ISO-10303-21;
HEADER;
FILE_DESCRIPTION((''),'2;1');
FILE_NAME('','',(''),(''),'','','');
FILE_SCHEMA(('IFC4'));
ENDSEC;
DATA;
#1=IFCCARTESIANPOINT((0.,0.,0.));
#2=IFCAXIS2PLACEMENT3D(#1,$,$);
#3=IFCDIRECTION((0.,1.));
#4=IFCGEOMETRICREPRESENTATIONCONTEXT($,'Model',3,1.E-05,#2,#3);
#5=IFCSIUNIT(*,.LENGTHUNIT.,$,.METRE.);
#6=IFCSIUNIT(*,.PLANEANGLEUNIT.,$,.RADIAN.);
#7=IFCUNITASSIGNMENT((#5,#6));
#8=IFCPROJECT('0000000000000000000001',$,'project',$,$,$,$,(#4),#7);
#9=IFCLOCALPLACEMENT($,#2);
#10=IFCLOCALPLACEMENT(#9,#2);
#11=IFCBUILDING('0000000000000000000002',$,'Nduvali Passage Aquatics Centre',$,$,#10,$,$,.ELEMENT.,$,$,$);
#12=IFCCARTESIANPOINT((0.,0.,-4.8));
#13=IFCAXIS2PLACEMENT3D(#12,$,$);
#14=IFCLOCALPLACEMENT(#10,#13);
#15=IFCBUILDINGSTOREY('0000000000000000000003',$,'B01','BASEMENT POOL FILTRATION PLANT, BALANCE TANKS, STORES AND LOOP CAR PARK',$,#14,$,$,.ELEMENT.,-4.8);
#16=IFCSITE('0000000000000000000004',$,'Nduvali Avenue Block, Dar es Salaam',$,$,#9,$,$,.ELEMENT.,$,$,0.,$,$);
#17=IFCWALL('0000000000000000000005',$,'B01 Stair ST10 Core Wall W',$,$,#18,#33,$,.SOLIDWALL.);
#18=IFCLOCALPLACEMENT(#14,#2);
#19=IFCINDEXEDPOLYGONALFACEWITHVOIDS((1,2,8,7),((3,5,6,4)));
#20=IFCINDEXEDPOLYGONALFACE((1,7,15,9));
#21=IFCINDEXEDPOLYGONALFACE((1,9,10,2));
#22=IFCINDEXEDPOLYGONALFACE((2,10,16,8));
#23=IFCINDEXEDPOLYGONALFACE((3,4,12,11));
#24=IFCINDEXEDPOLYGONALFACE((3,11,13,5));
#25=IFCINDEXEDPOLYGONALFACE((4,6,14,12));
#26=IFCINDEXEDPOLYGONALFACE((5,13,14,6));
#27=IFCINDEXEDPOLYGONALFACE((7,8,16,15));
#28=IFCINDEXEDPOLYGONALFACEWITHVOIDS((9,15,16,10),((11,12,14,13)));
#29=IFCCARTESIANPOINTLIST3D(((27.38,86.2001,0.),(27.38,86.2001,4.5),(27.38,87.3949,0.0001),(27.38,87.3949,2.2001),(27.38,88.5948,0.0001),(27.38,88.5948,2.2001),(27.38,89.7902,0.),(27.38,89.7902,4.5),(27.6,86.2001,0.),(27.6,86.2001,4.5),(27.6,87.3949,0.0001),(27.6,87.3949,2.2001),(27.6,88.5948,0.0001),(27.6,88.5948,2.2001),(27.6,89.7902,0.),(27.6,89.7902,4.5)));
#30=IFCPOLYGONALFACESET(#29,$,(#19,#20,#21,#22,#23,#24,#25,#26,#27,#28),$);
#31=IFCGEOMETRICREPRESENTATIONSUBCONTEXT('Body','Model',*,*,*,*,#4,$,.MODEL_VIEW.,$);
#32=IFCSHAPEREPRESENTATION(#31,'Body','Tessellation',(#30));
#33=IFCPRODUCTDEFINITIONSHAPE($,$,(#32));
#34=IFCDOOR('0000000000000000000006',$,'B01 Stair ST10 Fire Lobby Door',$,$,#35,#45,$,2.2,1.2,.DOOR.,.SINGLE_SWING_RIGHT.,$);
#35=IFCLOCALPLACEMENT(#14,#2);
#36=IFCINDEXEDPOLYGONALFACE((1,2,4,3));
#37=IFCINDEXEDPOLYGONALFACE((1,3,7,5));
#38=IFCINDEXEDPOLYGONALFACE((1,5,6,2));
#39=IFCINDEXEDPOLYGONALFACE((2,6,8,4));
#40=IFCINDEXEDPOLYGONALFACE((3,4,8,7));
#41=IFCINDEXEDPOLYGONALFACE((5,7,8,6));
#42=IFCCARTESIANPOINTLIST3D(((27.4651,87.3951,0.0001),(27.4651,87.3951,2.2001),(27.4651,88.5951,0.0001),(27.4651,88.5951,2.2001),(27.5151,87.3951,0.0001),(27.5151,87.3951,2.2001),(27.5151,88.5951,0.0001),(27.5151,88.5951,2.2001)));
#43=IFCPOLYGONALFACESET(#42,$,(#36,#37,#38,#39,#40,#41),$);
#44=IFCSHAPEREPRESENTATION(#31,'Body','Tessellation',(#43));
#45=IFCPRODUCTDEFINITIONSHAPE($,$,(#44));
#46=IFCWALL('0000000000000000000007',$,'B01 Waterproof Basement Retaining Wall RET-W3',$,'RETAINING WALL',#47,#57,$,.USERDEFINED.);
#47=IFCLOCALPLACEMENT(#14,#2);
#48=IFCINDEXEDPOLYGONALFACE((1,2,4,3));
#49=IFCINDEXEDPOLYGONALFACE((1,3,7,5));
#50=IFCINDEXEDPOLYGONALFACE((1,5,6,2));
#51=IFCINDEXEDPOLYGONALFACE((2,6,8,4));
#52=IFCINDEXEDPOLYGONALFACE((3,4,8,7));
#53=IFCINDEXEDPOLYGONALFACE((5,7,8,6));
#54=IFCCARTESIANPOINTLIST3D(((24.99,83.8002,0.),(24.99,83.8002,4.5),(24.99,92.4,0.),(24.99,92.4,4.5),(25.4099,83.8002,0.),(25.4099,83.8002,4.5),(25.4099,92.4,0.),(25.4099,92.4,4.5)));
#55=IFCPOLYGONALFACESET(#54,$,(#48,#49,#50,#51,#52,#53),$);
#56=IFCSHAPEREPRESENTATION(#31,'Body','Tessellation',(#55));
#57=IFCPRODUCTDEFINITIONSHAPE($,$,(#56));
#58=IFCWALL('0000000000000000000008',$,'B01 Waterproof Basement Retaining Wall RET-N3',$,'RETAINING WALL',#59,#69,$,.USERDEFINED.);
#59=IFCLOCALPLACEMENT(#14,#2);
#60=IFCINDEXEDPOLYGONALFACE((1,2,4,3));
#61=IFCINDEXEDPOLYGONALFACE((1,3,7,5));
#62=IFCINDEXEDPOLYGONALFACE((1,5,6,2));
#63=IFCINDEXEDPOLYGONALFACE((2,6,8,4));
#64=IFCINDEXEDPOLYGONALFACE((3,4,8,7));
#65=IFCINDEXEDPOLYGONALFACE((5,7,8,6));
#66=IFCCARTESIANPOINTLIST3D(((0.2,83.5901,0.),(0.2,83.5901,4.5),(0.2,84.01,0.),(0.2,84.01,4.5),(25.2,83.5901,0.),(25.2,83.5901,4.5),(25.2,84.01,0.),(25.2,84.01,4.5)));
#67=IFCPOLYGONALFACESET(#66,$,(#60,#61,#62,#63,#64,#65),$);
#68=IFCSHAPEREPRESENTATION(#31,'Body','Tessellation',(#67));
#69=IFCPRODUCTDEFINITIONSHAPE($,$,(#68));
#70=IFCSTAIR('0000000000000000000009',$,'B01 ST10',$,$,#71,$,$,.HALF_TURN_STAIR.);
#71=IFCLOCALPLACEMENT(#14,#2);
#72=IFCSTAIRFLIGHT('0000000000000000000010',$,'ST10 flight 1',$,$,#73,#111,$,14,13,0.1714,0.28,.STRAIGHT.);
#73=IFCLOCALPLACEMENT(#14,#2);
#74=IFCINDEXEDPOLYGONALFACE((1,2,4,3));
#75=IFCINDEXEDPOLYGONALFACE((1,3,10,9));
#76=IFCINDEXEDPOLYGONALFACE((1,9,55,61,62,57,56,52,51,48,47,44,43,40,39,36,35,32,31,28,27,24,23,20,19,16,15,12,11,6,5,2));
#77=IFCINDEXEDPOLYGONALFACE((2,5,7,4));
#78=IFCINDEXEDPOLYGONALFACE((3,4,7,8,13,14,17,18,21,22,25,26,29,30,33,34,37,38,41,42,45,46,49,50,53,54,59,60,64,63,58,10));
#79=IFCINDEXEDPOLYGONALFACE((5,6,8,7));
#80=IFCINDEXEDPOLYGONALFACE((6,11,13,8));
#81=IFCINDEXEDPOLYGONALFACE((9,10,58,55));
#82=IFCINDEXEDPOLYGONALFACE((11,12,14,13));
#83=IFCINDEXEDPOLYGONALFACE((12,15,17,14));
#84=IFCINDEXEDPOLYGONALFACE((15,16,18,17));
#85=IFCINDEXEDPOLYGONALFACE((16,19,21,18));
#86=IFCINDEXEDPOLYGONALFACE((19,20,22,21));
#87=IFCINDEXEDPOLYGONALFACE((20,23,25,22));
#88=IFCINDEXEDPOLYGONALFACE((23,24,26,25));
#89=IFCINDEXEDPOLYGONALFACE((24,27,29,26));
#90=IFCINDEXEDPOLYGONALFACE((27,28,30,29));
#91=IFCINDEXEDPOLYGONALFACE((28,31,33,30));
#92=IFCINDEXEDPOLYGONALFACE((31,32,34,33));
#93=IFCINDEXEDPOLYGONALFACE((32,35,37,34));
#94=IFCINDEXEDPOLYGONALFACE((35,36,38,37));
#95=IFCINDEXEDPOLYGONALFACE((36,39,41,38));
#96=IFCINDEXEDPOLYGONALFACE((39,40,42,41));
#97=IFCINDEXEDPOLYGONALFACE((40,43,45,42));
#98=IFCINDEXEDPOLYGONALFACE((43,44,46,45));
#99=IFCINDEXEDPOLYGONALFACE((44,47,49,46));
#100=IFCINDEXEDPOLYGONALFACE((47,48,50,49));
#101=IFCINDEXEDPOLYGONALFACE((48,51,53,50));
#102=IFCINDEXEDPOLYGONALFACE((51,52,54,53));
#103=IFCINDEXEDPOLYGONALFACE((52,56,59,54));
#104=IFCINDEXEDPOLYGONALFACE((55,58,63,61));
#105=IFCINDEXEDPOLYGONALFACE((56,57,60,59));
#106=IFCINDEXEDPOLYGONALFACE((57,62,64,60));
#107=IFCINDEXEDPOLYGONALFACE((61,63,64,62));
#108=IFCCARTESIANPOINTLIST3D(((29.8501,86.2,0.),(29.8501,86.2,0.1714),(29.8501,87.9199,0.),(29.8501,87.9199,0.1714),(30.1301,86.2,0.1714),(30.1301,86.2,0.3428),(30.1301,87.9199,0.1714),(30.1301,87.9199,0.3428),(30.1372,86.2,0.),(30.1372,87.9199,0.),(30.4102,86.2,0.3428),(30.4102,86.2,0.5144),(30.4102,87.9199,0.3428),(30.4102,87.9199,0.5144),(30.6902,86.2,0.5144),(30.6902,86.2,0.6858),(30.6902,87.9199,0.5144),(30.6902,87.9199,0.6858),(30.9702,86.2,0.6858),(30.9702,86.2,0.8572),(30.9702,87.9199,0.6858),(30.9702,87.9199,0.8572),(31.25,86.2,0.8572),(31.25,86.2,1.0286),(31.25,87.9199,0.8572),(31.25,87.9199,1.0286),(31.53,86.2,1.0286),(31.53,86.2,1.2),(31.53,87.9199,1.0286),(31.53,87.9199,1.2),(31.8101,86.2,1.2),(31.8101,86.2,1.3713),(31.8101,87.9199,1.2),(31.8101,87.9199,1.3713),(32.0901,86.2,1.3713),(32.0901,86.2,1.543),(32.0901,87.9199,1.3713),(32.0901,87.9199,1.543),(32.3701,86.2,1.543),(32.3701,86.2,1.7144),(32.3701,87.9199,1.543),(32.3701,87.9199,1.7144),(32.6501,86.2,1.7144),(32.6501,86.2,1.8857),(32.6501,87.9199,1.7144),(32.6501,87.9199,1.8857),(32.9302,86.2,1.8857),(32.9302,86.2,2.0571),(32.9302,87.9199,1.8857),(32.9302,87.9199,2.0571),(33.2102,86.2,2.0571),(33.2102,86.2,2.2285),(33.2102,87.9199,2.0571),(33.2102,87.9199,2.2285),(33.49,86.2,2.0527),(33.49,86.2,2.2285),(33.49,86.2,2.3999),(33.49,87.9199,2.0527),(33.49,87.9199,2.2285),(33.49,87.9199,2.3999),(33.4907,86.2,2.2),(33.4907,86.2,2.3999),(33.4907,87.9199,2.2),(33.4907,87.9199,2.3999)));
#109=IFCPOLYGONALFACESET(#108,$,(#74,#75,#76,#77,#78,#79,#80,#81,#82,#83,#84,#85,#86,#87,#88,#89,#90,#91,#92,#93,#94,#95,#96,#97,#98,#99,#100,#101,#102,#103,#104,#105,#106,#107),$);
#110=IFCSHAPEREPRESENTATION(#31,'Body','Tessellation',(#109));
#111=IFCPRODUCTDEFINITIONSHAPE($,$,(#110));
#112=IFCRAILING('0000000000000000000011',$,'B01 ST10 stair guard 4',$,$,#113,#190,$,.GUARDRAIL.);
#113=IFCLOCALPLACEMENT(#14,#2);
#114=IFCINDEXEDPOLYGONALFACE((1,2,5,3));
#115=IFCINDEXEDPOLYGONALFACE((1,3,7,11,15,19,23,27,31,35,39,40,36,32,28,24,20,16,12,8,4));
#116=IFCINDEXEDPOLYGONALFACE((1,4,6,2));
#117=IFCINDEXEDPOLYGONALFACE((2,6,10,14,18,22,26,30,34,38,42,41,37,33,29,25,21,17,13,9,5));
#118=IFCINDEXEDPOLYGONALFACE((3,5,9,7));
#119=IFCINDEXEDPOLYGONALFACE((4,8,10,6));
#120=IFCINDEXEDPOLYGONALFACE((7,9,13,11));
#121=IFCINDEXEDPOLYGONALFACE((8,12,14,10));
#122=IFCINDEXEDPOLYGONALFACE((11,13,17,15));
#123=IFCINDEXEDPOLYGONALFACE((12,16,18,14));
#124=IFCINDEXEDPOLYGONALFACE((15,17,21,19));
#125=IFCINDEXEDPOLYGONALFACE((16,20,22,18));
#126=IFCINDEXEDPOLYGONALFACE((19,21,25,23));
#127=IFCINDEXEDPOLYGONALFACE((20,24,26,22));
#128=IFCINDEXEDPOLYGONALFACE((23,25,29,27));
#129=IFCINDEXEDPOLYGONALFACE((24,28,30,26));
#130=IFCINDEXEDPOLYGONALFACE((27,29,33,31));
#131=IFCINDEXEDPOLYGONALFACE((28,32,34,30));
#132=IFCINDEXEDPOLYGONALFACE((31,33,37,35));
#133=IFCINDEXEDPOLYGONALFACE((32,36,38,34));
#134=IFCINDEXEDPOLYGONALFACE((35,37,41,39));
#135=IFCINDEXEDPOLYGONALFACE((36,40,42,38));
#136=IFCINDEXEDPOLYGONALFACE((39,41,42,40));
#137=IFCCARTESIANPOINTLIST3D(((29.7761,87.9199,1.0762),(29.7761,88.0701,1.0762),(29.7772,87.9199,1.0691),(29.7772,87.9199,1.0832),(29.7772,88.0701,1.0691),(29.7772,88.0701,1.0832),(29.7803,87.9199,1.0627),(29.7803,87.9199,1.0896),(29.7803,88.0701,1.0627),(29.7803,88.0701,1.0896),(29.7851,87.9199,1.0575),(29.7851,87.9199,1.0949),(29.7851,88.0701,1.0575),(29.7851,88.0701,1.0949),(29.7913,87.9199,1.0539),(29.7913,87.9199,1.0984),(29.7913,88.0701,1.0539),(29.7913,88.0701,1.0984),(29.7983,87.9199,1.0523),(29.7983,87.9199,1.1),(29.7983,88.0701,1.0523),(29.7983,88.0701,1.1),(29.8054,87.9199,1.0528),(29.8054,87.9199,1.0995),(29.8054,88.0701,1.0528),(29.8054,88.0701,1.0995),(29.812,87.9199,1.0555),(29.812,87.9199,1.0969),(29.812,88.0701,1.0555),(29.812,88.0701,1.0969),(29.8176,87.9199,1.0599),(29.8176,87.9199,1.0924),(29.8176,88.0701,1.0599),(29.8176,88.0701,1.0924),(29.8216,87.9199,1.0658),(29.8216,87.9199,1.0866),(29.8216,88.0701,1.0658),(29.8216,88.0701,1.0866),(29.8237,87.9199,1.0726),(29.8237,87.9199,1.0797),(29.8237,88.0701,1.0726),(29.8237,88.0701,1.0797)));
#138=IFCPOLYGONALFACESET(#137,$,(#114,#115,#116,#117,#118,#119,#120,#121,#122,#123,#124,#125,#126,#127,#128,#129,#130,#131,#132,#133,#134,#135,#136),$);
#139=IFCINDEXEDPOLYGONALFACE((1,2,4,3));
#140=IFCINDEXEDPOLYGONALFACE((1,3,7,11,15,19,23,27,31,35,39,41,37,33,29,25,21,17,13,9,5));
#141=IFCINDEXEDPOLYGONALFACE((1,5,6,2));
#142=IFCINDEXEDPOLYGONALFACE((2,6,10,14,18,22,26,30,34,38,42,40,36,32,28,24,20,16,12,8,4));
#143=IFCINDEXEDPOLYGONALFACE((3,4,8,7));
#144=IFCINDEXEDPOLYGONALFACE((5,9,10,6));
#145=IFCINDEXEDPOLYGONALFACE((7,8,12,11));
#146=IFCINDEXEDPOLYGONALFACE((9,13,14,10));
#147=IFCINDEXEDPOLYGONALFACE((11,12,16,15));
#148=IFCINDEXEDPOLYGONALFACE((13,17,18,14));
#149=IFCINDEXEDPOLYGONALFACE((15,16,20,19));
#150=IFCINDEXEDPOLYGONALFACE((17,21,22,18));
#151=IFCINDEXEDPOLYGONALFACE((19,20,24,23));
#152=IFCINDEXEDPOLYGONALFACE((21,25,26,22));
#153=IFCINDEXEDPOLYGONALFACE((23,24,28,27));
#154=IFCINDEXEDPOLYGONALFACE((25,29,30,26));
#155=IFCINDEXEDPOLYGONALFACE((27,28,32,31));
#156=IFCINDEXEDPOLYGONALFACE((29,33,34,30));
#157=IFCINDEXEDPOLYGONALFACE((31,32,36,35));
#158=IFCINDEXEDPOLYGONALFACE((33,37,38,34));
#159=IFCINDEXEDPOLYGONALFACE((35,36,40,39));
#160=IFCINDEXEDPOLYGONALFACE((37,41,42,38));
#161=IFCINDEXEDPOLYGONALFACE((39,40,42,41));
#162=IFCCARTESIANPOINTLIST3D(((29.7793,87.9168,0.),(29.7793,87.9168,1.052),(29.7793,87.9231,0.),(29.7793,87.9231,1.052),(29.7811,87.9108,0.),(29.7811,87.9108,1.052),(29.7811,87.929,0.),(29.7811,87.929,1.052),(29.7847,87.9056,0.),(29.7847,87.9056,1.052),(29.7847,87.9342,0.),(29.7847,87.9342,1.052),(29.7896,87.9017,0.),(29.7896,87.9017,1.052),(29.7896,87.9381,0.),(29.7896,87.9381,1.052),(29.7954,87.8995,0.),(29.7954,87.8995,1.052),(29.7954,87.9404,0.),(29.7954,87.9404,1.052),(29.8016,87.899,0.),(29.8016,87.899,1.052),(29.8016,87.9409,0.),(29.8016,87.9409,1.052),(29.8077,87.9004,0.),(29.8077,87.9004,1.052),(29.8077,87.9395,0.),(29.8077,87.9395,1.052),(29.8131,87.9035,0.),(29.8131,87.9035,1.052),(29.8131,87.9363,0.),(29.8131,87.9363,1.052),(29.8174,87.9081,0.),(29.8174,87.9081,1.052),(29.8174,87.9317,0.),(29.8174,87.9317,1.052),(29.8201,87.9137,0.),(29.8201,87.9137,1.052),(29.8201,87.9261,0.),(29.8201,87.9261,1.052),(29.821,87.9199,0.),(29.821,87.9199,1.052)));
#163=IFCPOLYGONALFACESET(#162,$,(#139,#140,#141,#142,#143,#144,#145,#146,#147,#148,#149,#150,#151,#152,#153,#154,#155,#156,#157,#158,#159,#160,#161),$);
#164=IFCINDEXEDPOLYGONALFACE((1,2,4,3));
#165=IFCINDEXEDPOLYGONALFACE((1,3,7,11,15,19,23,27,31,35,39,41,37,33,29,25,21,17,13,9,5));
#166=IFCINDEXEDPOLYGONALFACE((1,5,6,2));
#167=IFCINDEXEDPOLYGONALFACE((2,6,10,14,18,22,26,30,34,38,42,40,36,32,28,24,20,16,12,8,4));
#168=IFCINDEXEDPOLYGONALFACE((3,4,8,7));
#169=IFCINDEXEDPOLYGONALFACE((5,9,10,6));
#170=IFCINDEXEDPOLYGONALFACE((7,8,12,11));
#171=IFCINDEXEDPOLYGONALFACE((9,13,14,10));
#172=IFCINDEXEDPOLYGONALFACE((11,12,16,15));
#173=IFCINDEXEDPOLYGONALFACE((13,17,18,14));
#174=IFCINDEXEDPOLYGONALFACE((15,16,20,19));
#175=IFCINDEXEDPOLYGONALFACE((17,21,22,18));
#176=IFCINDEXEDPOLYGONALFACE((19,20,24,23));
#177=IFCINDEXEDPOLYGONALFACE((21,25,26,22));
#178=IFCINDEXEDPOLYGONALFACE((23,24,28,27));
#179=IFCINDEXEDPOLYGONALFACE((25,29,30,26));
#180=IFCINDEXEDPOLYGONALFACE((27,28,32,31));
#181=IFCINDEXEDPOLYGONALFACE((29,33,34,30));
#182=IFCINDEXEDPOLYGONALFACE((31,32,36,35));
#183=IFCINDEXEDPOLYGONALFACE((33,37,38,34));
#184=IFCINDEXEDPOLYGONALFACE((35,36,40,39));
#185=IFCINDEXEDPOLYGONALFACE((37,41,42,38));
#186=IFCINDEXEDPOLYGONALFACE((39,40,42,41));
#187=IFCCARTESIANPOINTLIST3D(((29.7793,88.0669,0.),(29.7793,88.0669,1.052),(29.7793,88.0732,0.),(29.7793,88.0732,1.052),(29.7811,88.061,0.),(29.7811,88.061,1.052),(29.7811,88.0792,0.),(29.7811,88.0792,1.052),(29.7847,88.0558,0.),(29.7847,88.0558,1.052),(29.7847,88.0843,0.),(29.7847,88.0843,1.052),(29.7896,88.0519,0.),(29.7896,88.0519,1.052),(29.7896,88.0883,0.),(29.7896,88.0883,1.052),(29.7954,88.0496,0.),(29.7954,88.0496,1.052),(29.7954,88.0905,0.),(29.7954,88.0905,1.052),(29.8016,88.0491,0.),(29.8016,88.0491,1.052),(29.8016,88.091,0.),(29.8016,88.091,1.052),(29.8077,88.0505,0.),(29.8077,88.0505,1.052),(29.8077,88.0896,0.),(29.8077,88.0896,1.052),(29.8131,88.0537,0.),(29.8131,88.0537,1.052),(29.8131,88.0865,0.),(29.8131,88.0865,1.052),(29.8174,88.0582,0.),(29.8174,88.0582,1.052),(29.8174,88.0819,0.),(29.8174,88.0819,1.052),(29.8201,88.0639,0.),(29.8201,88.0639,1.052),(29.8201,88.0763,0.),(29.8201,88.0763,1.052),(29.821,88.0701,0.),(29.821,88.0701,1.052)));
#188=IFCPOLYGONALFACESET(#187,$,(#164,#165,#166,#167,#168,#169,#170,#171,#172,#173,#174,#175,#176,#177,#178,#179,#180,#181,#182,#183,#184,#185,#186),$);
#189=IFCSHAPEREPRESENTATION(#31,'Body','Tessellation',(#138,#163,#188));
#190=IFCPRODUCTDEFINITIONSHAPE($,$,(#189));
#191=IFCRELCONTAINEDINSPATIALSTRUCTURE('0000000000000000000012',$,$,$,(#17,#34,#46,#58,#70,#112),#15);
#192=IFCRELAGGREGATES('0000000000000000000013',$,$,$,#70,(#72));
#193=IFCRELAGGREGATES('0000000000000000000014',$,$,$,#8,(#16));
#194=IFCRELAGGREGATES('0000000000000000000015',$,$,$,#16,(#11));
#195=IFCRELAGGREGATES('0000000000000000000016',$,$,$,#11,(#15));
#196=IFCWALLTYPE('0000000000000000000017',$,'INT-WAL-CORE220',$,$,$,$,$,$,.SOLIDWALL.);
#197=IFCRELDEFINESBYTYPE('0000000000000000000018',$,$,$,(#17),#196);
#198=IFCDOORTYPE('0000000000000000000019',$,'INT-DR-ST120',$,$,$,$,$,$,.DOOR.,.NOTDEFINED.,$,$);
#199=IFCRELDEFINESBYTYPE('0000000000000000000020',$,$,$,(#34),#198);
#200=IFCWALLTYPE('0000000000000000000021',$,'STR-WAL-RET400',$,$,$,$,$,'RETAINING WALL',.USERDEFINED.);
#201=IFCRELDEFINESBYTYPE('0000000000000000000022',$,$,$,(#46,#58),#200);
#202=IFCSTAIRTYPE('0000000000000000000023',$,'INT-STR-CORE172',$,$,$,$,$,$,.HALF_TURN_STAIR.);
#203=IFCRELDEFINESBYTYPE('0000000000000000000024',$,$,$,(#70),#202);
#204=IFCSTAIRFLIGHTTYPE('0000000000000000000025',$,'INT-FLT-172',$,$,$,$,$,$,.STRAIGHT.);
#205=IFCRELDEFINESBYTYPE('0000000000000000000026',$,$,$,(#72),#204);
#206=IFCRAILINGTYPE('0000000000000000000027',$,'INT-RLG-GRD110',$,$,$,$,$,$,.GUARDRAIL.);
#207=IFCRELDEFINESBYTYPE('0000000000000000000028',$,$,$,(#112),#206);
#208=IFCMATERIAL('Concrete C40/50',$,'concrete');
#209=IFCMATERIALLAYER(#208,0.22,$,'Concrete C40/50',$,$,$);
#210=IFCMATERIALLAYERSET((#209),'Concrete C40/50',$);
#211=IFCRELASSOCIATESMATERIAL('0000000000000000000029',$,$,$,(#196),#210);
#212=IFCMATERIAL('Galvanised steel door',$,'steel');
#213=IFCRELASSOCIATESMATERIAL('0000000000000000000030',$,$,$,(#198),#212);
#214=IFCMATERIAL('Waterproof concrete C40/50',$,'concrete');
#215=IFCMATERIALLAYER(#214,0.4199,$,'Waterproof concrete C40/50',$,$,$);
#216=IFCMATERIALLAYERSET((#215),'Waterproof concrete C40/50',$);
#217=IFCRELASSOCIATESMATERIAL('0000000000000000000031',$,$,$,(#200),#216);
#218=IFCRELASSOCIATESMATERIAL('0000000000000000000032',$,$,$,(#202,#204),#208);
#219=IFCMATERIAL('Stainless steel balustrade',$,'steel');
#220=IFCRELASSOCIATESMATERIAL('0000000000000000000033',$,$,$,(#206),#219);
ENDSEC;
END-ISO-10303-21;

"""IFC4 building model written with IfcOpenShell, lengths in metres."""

from ifc_helpers import new_model, si_unit, direction, frame, frame_2d, origin, origin_2d, place, context, subcontext, project, spatial, polyline, rectangle, circle, outline, extrude, material, layer, layer_set, type_object, element, fill, aggregate, save


model = new_model("IFC4")

# Units and contexts
model_context = context("Model", 3, precision=1e-05, world=origin(), true_north=direction((0.0, 1.0)))
body_context = subcontext(model_context, "Body", "Model", "MODEL_VIEW")
ifc_project = project(units=[si_unit("LENGTHUNIT", "METRE"), si_unit("PLANEANGLEUNIT", "RADIAN")], contexts=[model_context])

# Site, building, storey
site_placement = place(None, origin())
site = spatial("IfcSite", under=ifc_project, at=site_placement, Name="Nduvali Avenue Block, Dar es Salaam", CompositionType="ELEMENT", RefElevation=0.0)
building_placement = place(site_placement, origin())
building = spatial("IfcBuilding", under=site, at=building_placement, Name="Nduvali Passage Aquatics Centre", CompositionType="ELEMENT")
storey_placement = place(building_placement, frame((0.0, 0.0, -4.8)))
storey = spatial("IfcBuildingStorey", under=building, at=storey_placement, Name="B01", Description="BASEMENT POOL FILTRATION PLANT, BALANCE TANKS, STORES AND LOOP CAR PARK", CompositionType="ELEMENT", Elevation=-4.8)

# Shared definitions
ifc_material_1 = material(Name="Concrete C40/50", Category="concrete")

# Shared definitions
ifc_layer_1 = layer(ifc_material_1, 0.22, Name="Concrete C40/50")
ifc_layer_set_1 = layer_set([ifc_layer_1], Name="Concrete C40/50")
wall_type_1 = type_object("IfcWallType", Name="INT-WAL-CORE220", PredefinedType="SOLIDWALL", material=ifc_layer_set_1)

# Wall, opening, door
wall_1_placement = place(storey_placement, frame((27.49, 89.79, 0.0), z_axis=(0.0, 0.0, 1.0), x_axis=(0.0, -1.0, 0.0)))
wall_1 = element("IfcWall", 1, at=wall_1_placement, inside=storey, type_object=wall_type_1, Name="B01 Stair ST10 Core Wall W", PredefinedType="SOLIDWALL", context=body_context, shape_type="SweptSolid", body=[
    extrude(rectangle(XDim=3.5901, YDim=0.22, at=frame_2d((1.7949, 0.0))), origin(), (0.0, 0.0, 1.0), 4.5),
])
opening_placement = place(wall_1_placement, frame((1.1951, 0.0, 0.0)))
opening = element("IfcOpeningElement", 2, at=opening_placement, cuts=wall_1, PredefinedType="OPENING", context=body_context, shape_type="SweptSolid", body=[
    extrude(rectangle(XDim=1.2, YDim=2.2, at=frame_2d((0.6001, 1.1001))), frame((0.0, 0.125, 0.0), z_axis=(0.0, -1.0, 0.0), x_axis=(1.0, 0.0, 0.0)), (0.0, 0.0, 1.0), 0.2498),
])
ifc_material_2 = material(Name="Galvanised steel door", Category="steel")
door_type = type_object("IfcDoorType", Name="INT-DR-ST120", OperationType="NOTDEFINED", PredefinedType="DOOR", material=ifc_material_2)
door_placement = place(opening_placement, frame((1.2, 0.0, 0.0), z_axis=(0.0, 0.0, 1.0), x_axis=(-1.0, 0.0, 0.0)))
door = element("IfcDoor", 3, at=door_placement, inside=storey, type_object=door_type, Name="B01 Stair ST10 Fire Lobby Door", OperationType="SINGLE_SWING_RIGHT", OverallHeight=2.2, OverallWidth=1.2, PredefinedType="DOOR", context=body_context, shape_type="SweptSolid", body=[
    extrude(rectangle(XDim=1.2, YDim=2.2, at=frame_2d((0.6001, 1.1001))), frame((0.0, 0.0249, 0.0), z_axis=(0.0, -1.0, 0.0), x_axis=(1.0, 0.0, 0.0)), (0.0, 0.0, 1.0), 0.05),
])
fill(opening, door)

# Walls
ifc_material_3 = material(Name="Waterproof concrete C40/50", Category="concrete")
ifc_layer_2 = layer(ifc_material_3, 0.4199, Name="Waterproof concrete C40/50")
ifc_layer_set_2 = layer_set([ifc_layer_2], Name="Waterproof concrete C40/50")
wall_type_2 = type_object("IfcWallType", Name="STR-WAL-RET400", ElementType="RETAINING WALL", PredefinedType="USERDEFINED", material=ifc_layer_set_2)
wall_2_placement = place(storey_placement, frame((25.2, 92.3999, 0.0), z_axis=(0.0, 0.0, 1.0), x_axis=(0.0, -1.0, 0.0)))
element("IfcWall", 4, at=wall_2_placement, inside=storey, type_object=wall_type_2, Name="B01 Waterproof Basement Retaining Wall RET-W3", ObjectType="RETAINING WALL", PredefinedType="USERDEFINED", context=body_context, shape_type="SweptSolid", body=[
    extrude(rectangle(XDim=8.5999, YDim=0.4199, at=frame_2d((4.2998, 0.0))), origin(), (0.0, 0.0, 1.0), 4.5),
])
wall_3_placement = place(storey_placement, frame((25.2, 83.8, 0.0), z_axis=(0.0, 0.0, 1.0), x_axis=(-1.0, 0.0, 0.0)))
element("IfcWall", 5, at=wall_3_placement, inside=storey, type_object=wall_type_2, Name="B01 Waterproof Basement Retaining Wall RET-N3", ObjectType="RETAINING WALL", PredefinedType="USERDEFINED", context=body_context, shape_type="SweptSolid", body=[
    extrude(rectangle(XDim=25.0, YDim=0.4199, at=frame_2d((12.5, 0.0))), origin(), (0.0, 0.0, 1.0), 4.5),
])

# Stair, stair flight
stair_type = type_object("IfcStairType", Name="INT-STR-CORE172", PredefinedType="HALF_TURN_STAIR", material=ifc_material_1)
stair_placement = place(storey_placement, origin())
stair = element("IfcStair", 6, at=stair_placement, inside=storey, type_object=stair_type, Name="B01 ST10", PredefinedType="HALF_TURN_STAIR")
stair_flight_type = type_object("IfcStairFlightType", Name="INT-FLT-172", PredefinedType="STRAIGHT", material=ifc_material_1)
stair_flight_placement = place(storey_placement, frame((29.8501, 87.0601, 0.0), z_axis=(0.0, 0.0, 1.0), x_axis=(1.0, 0.0, 0.0)))
stair_flight = element("IfcStairFlight", 7, at=stair_flight_placement, type_object=stair_flight_type, Name="ST10 flight 1", NumberOfRisers=14, NumberOfTreads=13, PredefinedType="STRAIGHT", RiserHeight=0.1714, TreadLength=0.28, context=body_context, shape_type="SweptSolid", body=[
    extrude(outline(polyline([(0.0, 0.0), (0.0, 0.1714), (0.28, 0.1714), (0.28, 0.3428), (0.5601, 0.3428), (0.5601, 0.5144), (0.8401, 0.5144), (0.8401, 0.6858), (1.1201, 0.6858), (1.1201, 0.8572), (1.3999, 0.8572), (1.3999, 1.0286), (1.6799, 1.0286), (1.6799, 1.2), (1.96, 1.2), (1.96, 1.3713), (2.24, 1.3713), (2.24, 1.543), (2.52, 1.543), (2.52, 1.7144), (2.8, 1.7144), (2.8, 1.8857), (3.0801, 1.8857), (3.0801, 2.0571), (3.3601, 2.0571), (3.3601, 2.2285), (3.6399, 2.2285), (3.6399, 2.3999), (3.6406, 2.3999), (3.6406, 2.2), (3.6399, 2.0527), (0.2871, 0.0), (0.0, 0.0)])), frame((0.0, 0.8599, 0.0), z_axis=(0.0, -1.0, 0.0), x_axis=(1.0, 0.0, 0.0)), (0.0, 0.0, 1.0), 1.72),
])
aggregate(stair, [stair_flight])

# Railing
ifc_material_4 = material(Name="Stainless steel balustrade", Category="steel")
railing_type_1 = type_object("IfcRailingType", Name="INT-RLG-GRD110", PredefinedType="GUARDRAIL", material=ifc_material_4)
railing_1_placement = place(storey_placement, frame((29.8, 87.9199, 0.0)))
element("IfcRailing", 8, at=railing_1_placement, inside=storey, type_object=railing_type_1, Name="B01 ST10 stair guard 4", PredefinedType="GUARDRAIL", context=body_context, shape_type="SweptSolid", body=[
    extrude(circle(Radius=0.0239, at=origin_2d()), frame((0.0, 0.0, 1.0762), z_axis=(0.0, 1.0, 0.0), x_axis=(-1.0, 0.0, 0.0)), (0.0, 0.0, 1.0), 0.1501),
    extrude(circle(Radius=0.021, at=origin_2d()), origin(), (0.0, 0.0, 1.0), 1.052),
    extrude(circle(Radius=0.021, at=origin_2d()), frame((0.0, 0.1501, 0.0)), (0.0, 0.0, 1.0), 1.052),
])

save(model, "model.ifc")
